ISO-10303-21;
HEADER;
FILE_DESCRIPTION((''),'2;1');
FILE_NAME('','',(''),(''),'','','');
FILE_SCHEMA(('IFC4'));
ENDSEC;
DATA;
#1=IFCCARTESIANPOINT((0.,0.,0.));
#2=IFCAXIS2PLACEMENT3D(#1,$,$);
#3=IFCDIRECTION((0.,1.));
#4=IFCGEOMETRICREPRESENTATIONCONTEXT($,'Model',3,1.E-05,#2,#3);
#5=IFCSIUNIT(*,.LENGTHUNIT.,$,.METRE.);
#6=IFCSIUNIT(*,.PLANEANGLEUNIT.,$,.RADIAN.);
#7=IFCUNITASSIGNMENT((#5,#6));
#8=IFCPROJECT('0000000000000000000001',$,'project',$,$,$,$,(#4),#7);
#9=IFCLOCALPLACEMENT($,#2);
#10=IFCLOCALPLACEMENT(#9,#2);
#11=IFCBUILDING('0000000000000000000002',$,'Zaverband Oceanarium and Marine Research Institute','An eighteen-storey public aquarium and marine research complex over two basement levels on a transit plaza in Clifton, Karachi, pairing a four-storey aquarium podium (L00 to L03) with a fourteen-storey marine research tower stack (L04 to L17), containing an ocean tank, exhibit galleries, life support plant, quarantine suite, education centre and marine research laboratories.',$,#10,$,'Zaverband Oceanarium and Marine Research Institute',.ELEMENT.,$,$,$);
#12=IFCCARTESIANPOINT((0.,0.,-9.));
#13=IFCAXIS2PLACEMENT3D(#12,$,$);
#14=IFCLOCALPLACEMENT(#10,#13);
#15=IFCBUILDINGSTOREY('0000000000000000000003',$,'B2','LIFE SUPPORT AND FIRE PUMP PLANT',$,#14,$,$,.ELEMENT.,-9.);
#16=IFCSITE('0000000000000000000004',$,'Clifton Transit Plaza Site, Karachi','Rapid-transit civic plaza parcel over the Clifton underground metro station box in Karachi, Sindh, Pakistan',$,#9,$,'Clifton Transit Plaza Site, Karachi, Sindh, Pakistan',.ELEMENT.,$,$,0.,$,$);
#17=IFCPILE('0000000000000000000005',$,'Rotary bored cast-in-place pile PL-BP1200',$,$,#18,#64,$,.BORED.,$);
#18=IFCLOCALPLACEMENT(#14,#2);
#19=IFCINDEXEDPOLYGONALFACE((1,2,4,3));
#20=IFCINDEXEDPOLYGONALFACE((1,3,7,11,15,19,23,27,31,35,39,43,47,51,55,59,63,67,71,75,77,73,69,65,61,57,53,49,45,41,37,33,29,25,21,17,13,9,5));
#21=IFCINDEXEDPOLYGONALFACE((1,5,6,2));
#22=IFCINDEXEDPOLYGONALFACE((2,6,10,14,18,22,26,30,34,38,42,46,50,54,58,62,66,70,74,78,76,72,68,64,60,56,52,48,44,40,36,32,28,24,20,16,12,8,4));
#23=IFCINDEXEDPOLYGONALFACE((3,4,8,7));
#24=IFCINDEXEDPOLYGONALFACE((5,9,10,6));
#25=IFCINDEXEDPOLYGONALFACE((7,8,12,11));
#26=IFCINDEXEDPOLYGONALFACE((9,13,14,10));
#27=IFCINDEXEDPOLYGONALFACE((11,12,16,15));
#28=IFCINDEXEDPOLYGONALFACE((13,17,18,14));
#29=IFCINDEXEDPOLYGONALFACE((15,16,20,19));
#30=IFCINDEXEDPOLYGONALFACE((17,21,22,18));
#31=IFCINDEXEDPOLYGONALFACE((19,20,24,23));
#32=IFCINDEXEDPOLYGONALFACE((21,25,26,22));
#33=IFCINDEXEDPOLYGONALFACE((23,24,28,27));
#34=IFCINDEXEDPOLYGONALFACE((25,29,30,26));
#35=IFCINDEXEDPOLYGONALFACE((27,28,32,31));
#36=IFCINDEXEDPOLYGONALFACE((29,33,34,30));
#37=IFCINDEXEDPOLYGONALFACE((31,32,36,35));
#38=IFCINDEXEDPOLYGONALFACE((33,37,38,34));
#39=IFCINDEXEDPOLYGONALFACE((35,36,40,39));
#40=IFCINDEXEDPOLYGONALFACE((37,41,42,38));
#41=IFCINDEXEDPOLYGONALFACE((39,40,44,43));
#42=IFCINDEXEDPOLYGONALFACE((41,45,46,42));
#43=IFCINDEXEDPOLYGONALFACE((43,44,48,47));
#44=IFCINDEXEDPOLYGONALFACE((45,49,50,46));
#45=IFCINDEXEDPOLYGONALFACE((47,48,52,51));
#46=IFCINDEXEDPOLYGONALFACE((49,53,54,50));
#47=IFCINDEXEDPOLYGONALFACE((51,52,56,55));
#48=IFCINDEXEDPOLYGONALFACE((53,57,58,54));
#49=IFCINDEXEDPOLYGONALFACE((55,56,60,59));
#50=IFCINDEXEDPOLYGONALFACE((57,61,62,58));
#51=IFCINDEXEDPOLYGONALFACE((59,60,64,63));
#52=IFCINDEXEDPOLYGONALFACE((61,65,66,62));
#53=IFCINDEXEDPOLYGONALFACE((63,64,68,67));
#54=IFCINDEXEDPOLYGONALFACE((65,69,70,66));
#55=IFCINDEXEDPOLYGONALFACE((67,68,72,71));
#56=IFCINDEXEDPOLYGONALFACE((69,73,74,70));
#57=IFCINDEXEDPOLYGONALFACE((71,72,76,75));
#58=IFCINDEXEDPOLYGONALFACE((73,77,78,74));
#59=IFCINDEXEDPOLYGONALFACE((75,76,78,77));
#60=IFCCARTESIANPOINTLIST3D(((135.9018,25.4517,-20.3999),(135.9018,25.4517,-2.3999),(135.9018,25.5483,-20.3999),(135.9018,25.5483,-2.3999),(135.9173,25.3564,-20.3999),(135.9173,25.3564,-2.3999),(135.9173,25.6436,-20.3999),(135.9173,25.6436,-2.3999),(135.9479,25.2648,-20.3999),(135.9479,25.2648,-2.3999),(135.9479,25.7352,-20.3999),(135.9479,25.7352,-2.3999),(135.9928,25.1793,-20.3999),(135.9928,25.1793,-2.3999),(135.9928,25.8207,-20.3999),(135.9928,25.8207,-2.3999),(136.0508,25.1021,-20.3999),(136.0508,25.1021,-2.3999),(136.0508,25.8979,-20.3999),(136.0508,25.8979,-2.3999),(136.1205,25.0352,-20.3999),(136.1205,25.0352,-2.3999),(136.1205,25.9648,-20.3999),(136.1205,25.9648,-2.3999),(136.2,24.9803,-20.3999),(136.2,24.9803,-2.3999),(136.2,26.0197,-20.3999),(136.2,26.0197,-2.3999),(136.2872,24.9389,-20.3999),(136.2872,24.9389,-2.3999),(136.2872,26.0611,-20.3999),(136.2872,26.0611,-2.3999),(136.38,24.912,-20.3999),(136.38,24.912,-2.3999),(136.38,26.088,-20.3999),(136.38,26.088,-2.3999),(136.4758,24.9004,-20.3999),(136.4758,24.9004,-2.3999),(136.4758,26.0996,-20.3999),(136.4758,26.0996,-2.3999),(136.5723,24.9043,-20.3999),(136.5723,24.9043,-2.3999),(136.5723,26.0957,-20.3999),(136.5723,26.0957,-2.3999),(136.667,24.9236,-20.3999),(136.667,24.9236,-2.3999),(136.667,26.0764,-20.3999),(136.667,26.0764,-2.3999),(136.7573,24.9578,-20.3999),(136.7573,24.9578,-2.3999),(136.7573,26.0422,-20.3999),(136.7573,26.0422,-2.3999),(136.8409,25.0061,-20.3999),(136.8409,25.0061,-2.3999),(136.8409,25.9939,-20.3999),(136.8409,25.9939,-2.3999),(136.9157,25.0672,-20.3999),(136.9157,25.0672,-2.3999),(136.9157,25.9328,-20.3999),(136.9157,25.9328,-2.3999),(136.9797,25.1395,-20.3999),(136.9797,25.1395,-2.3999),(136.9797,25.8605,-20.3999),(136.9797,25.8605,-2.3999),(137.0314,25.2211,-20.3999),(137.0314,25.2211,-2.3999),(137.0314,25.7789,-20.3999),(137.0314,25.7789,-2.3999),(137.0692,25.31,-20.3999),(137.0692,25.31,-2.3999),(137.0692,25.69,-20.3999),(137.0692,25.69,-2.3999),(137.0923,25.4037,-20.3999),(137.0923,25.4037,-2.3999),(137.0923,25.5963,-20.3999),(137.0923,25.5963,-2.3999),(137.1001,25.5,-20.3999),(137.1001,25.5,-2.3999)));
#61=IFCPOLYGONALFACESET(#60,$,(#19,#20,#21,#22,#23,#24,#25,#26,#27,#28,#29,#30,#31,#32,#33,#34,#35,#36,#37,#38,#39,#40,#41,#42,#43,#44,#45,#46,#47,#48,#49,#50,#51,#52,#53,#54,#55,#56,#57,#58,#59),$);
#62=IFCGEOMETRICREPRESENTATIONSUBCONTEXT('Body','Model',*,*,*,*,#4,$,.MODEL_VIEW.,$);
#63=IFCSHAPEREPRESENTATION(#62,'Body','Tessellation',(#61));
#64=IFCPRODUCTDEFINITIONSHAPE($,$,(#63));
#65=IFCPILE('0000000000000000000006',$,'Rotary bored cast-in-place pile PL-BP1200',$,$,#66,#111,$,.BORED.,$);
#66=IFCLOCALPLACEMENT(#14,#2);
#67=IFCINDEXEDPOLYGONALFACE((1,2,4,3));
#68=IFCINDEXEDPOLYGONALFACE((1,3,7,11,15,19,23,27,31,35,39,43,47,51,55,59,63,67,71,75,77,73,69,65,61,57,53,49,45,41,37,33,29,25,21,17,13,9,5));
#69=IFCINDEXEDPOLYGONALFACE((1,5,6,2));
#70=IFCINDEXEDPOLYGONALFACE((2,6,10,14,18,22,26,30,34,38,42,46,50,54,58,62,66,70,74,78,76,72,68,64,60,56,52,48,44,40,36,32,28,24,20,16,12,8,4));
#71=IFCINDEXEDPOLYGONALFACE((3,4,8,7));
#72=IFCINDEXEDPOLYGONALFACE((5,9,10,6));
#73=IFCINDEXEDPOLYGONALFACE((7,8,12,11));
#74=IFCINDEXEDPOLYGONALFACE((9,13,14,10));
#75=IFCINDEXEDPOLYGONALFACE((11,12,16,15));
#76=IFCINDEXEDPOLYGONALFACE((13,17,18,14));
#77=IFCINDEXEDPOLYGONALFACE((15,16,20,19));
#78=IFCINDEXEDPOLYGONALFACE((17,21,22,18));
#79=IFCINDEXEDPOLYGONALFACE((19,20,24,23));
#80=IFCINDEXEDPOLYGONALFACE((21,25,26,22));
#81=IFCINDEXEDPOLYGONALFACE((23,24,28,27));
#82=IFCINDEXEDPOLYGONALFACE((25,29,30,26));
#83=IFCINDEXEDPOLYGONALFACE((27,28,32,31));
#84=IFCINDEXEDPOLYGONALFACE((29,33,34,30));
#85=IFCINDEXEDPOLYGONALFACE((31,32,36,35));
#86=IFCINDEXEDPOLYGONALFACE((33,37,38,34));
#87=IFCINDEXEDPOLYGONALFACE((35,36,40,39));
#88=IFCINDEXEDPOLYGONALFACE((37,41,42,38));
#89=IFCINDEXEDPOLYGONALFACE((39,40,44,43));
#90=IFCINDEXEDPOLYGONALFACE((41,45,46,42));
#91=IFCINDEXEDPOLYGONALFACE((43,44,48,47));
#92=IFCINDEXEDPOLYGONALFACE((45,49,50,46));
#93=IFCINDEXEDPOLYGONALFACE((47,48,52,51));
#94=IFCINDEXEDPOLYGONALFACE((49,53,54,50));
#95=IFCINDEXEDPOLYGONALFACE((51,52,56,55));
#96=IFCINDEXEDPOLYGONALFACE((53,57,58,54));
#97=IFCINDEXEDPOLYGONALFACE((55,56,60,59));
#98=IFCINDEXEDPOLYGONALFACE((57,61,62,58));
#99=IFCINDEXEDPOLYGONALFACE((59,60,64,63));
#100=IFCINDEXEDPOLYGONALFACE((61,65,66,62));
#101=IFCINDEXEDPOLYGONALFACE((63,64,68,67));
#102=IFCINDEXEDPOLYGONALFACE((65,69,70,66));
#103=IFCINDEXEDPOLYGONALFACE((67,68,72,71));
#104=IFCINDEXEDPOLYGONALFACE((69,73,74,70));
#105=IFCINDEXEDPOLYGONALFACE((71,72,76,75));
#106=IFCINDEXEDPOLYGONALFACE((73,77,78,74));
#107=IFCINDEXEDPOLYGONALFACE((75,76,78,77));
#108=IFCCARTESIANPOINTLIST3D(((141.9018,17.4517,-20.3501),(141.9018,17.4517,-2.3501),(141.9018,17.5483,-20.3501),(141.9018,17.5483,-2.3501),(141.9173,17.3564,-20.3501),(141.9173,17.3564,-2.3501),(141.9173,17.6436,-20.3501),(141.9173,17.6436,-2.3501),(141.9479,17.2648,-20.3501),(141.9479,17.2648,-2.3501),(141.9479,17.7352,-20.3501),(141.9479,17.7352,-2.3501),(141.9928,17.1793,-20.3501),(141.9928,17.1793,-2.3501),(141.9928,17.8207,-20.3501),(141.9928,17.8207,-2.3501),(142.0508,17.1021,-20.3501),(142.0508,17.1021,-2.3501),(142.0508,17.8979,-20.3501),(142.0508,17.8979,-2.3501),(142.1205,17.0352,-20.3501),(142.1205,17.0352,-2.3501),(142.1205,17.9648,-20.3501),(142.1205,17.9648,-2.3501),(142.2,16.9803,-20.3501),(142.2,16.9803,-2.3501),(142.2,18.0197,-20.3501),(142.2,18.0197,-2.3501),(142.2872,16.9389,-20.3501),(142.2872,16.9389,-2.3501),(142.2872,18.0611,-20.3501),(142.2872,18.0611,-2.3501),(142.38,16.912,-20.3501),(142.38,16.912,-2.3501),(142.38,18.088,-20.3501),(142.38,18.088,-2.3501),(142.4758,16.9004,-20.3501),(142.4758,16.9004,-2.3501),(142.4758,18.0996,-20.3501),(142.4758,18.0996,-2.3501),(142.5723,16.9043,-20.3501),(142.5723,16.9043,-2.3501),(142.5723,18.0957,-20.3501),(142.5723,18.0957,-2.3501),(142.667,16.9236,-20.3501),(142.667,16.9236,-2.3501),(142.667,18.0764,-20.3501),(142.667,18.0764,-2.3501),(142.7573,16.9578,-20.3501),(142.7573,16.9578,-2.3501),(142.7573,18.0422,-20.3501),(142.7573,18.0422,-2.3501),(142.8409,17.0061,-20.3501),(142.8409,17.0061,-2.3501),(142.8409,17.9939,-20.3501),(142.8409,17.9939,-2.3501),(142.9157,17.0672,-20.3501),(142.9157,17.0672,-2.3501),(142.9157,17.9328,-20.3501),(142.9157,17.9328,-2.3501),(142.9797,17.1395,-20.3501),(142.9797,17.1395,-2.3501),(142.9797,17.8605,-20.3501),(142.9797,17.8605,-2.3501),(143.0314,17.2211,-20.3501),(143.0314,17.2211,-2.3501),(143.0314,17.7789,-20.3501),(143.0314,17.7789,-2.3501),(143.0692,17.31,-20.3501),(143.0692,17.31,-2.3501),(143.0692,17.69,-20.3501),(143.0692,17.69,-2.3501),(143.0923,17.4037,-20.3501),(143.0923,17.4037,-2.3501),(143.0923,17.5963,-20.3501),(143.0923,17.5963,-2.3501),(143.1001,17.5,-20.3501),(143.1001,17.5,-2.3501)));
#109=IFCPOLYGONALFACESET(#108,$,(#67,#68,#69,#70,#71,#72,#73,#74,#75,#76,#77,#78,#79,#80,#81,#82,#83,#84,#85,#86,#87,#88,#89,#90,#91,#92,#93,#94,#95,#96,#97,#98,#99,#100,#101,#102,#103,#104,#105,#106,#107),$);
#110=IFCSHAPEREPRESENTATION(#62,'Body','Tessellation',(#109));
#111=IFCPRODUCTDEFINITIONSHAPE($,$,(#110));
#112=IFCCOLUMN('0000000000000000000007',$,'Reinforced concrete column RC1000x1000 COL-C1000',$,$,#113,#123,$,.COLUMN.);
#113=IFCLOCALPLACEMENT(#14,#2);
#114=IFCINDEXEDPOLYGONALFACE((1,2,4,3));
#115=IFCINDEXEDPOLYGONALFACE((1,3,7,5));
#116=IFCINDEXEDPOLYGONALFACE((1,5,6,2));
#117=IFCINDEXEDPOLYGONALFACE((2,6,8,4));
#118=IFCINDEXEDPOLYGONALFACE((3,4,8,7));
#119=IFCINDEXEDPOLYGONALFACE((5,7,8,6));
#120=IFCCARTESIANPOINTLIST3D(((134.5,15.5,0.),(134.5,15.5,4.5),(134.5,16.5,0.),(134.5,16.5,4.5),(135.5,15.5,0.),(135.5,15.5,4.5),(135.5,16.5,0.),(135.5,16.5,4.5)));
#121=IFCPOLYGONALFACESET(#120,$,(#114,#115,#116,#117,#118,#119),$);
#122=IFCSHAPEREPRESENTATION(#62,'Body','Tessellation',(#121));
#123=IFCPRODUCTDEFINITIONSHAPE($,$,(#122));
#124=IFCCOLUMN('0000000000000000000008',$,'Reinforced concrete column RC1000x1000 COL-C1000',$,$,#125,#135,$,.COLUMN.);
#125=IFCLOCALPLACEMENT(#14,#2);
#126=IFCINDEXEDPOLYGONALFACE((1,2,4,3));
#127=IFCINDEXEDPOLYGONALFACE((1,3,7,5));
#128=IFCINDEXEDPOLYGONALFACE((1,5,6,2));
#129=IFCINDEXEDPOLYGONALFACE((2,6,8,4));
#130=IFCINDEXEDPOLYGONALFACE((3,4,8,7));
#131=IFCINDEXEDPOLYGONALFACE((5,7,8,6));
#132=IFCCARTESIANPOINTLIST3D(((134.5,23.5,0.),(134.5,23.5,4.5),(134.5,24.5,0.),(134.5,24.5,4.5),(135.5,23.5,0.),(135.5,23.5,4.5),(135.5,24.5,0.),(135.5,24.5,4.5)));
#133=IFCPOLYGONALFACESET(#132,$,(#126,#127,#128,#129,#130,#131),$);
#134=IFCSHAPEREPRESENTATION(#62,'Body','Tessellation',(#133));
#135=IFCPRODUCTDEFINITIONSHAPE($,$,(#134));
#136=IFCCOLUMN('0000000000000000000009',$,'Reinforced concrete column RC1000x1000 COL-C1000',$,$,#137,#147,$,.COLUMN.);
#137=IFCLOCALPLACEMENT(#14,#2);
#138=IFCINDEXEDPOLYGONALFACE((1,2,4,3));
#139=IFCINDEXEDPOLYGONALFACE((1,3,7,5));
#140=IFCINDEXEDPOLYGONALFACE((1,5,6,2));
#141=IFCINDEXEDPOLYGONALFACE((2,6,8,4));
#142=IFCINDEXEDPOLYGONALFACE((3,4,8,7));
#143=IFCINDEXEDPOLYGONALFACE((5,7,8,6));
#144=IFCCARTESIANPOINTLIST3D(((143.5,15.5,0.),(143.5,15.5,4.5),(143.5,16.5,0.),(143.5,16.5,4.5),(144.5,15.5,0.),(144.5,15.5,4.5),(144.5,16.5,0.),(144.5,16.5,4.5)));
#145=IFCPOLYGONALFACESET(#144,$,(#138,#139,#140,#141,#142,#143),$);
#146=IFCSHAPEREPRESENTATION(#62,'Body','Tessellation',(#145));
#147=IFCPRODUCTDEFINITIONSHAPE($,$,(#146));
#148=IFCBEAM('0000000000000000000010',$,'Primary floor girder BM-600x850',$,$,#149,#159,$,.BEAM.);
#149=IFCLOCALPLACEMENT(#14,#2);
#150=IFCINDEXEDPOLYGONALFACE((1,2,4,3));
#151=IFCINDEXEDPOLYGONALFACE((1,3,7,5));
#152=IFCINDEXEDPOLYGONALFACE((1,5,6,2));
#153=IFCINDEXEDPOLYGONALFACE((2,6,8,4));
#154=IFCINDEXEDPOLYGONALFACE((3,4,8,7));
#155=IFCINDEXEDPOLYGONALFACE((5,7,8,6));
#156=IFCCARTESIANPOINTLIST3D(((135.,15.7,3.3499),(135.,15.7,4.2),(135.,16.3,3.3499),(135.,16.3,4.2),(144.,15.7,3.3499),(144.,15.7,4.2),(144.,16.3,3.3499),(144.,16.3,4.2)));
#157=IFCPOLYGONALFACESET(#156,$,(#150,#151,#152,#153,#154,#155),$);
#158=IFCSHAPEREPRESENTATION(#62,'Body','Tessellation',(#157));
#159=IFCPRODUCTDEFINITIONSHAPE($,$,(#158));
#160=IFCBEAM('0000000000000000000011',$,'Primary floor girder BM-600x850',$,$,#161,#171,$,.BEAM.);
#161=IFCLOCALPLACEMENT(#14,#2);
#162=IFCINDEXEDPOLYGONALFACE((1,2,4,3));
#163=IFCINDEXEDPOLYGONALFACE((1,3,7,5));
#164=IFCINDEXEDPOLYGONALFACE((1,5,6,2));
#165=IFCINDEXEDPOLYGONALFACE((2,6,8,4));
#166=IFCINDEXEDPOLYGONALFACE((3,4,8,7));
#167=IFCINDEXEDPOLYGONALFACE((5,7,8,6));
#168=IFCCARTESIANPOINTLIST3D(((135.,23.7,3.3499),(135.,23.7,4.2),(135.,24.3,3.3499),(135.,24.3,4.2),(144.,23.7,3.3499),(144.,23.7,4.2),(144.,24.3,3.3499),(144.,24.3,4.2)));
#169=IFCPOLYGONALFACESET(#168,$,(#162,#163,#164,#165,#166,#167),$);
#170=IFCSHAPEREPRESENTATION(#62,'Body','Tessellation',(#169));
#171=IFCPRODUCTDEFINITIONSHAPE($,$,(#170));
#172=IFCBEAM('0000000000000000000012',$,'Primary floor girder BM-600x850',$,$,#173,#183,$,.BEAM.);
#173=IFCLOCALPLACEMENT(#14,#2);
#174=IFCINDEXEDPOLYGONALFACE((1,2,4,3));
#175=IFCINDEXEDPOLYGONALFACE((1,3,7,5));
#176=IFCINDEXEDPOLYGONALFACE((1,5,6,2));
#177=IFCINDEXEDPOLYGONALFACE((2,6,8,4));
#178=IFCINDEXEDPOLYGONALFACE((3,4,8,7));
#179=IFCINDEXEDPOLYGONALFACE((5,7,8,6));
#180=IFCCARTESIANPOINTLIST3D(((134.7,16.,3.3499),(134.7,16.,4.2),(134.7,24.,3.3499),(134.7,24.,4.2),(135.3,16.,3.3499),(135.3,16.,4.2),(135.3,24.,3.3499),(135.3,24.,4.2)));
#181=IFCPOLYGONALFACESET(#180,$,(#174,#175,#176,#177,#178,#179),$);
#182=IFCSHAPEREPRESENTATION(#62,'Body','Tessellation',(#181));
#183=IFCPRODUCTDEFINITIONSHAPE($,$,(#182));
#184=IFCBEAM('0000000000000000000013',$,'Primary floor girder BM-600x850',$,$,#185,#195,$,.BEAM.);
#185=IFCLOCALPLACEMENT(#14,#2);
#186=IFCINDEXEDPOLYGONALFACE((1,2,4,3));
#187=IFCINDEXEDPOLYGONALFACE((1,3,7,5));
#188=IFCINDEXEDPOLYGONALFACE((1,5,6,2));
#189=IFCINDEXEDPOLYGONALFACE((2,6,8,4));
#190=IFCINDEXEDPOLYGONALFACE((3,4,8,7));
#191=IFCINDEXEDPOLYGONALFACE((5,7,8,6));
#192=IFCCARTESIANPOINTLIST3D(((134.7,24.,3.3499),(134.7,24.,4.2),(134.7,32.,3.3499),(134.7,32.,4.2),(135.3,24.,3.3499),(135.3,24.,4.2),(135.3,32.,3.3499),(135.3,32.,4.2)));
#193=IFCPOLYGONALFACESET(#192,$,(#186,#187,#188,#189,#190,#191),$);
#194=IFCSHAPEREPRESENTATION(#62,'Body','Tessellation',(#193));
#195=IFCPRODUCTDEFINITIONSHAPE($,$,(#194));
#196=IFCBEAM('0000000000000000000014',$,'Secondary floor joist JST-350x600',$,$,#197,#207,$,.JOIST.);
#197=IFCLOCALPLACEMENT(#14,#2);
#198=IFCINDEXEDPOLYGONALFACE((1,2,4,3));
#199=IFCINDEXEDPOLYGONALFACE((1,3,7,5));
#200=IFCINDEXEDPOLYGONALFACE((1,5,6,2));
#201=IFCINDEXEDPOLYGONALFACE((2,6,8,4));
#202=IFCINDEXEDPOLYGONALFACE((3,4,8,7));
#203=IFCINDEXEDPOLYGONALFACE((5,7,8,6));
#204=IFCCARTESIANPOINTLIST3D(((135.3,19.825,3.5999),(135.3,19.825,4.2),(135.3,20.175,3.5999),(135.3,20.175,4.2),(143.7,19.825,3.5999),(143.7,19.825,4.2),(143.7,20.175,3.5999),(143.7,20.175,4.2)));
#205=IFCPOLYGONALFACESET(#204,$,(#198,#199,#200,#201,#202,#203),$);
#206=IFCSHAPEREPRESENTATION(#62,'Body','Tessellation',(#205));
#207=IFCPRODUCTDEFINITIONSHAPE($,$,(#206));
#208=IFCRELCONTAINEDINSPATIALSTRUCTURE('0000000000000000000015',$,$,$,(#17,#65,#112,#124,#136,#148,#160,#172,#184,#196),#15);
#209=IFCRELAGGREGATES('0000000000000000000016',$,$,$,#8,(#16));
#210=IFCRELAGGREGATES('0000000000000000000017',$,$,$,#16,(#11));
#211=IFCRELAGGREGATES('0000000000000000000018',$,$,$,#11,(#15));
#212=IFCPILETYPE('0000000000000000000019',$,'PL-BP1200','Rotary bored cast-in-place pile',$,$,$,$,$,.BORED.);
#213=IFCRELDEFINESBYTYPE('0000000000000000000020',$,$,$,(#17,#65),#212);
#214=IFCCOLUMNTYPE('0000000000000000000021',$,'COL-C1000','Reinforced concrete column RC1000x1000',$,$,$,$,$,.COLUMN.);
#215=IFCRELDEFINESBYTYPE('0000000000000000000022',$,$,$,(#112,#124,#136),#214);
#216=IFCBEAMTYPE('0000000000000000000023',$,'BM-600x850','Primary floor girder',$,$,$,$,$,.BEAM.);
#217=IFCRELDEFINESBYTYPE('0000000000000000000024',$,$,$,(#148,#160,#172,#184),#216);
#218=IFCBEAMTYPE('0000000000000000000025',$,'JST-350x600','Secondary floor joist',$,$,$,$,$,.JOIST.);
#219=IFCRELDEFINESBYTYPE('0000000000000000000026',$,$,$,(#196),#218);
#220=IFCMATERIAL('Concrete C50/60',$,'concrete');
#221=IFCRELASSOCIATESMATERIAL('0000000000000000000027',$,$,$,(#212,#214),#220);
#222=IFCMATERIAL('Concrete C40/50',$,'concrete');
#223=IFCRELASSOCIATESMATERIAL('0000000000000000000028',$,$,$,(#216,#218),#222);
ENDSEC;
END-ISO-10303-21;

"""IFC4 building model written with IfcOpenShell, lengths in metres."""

from ifc_helpers import new_model, si_unit, direction, frame, origin, origin_2d, place, context, subcontext, project, spatial, rectangle, circle, extrude, material, material_profile, profile_set, type_object, element, save


model = new_model("IFC4")

# Units and contexts
model_context = context("Model", 3, precision=1e-05, world=origin(), true_north=direction((0.0, 1.0)))
body_context = subcontext(model_context, "Body", "Model", "MODEL_VIEW")
ifc_project = project(units=[si_unit("LENGTHUNIT", "METRE"), si_unit("PLANEANGLEUNIT", "RADIAN")], contexts=[model_context])

# Site, building, storey
site_placement = place(None, origin())
site = spatial("IfcSite", under=ifc_project, at=site_placement, Name="Clifton Transit Plaza Site, Karachi", Description="Rapid-transit civic plaza parcel over the Clifton underground metro station box in Karachi, Sindh, Pakistan", LongName="Clifton Transit Plaza Site, Karachi, Sindh, Pakistan", CompositionType="ELEMENT", RefElevation=0.0)
building_placement = place(site_placement, origin())
building = spatial("IfcBuilding", under=site, at=building_placement, Name="Zaverband Oceanarium and Marine Research Institute", Description="An eighteen-storey public aquarium and marine research complex over two basement levels on a transit plaza in Clifton, Karachi, pairing a four-storey aquarium podium (L00 to L03) with a fourteen-storey marine research tower stack (L04 to L17), containing an ocean tank, exhibit galleries, life support plant, quarantine suite, education centre and marine research laboratories.", LongName="Zaverband Oceanarium and Marine Research Institute", CompositionType="ELEMENT")
storey_placement = place(building_placement, frame((0.0, 0.0, -9.0)))
storey = spatial("IfcBuildingStorey", under=building, at=storey_placement, Name="B2", Description="LIFE SUPPORT AND FIRE PUMP PLANT", CompositionType="ELEMENT", Elevation=-9.0)

# Shared definitions
ifc_material_1 = material(Name="Concrete C50/60", Category="concrete")

# Piles
ifc_material_profile_1 = material_profile(ifc_material_1, circle(Radius=0.6001, at=origin_2d()), Name="BP1200")
ifc_profile_set_1 = profile_set([ifc_material_profile_1], Name="Concrete C50/60")
pile_type_1 = type_object("IfcPileType", Name="PL-BP1200", Description="Rotary bored cast-in-place pile", PredefinedType="BORED", material=ifc_profile_set_1)
for number, where, z_axis, x_axis, name in (
    (1, (136.5, 25.5, -2.3999), (0.0, 0.0, -1.0), (1.0, 0.0, 0.0), "Rotary bored cast-in-place pile PL-BP1200"),
    (2, (142.5, 17.5, -2.3501), (0.0, 0.0, -1.0), (1.0, 0.0, 0.0), "Rotary bored cast-in-place pile PL-BP1200"),
):
    element("IfcPile", number, at=place(storey_placement, frame(where, z_axis=z_axis, x_axis=x_axis)), inside=storey, type_object=pile_type_1, Name=name, PredefinedType="BORED", context=body_context, shape_type="SweptSolid", body=[
        extrude(circle(Radius=0.6001, at=origin_2d()), origin(), (0.0, 0.0, 1.0), 18.0),
    ])

# Columns
ifc_material_profile_2 = material_profile(ifc_material_1, rectangle(XDim=1.0, YDim=1.0, at=origin_2d()), Name="RC1000x1000")
ifc_profile_set_2 = profile_set([ifc_material_profile_2], Name="Concrete C50/60")
column_type = type_object("IfcColumnType", Name="COL-C1000", Description="Reinforced concrete column RC1000x1000", PredefinedType="COLUMN", material=ifc_profile_set_2)
for number, where, z_axis, x_axis, name in (
    (3, (135.0, 16.0, 0.0), (0.0, 0.0, 1.0), (1.0, 0.0, 0.0), "Reinforced concrete column RC1000x1000 COL-C1000"),
    (4, (135.0, 24.0, 0.0), (0.0, 0.0, 1.0), (1.0, 0.0, 0.0), "Reinforced concrete column RC1000x1000 COL-C1000"),
    (5, (144.0, 16.0, 0.0), (0.0, 0.0, 1.0), (1.0, 0.0, 0.0), "Reinforced concrete column RC1000x1000 COL-C1000"),
):
    element("IfcColumn", number, at=place(storey_placement, frame(where, z_axis=z_axis, x_axis=x_axis)), inside=storey, type_object=column_type, Name=name, PredefinedType="COLUMN", context=body_context, shape_type="SweptSolid", body=[
        extrude(rectangle(XDim=1.0, YDim=1.0, at=origin_2d()), origin(), (0.0, 0.0, 1.0), 4.5),
    ])

# Beams
ifc_material_2 = material(Name="Concrete C40/50", Category="concrete")
ifc_material_profile_3 = material_profile(ifc_material_2, rectangle(XDim=0.6001, YDim=0.8501, at=origin_2d()), Name="RC600x850")
ifc_profile_set_3 = profile_set([ifc_material_profile_3], Name="Concrete C40/50")
beam_type_1 = type_object("IfcBeamType", Name="BM-600x850", Description="Primary floor girder", PredefinedType="BEAM", material=ifc_profile_set_3)
for number, where, z_axis, x_axis, name in (
    (6, (135.0, 16.0, 3.7749), (1.0, 0.0, 0.0), (0.0, 1.0, 0.0), "Primary floor girder BM-600x850"),
    (7, (135.0, 24.0, 3.7749), (1.0, 0.0, 0.0), (0.0, 1.0, 0.0), "Primary floor girder BM-600x850"),
):
    element("IfcBeam", number, at=place(storey_placement, frame(where, z_axis=z_axis, x_axis=x_axis)), inside=storey, type_object=beam_type_1, Name=name, PredefinedType="BEAM", context=body_context, shape_type="SweptSolid", body=[
        extrude(rectangle(XDim=0.6001, YDim=0.8501, at=origin_2d()), origin(), (0.0, 0.0, 1.0), 9.0),
    ])
for number, where, z_axis, x_axis, name in (
    (8, (135.0, 16.0, 3.7749), (0.0, 1.0, 0.0), (-1.0, 0.0, 0.0), "Primary floor girder BM-600x850"),
    (9, (135.0, 24.0, 3.7749), (0.0, 1.0, 0.0), (-1.0, 0.0, 0.0), "Primary floor girder BM-600x850"),
):
    element("IfcBeam", number, at=place(storey_placement, frame(where, z_axis=z_axis, x_axis=x_axis)), inside=storey, type_object=beam_type_1, Name=name, PredefinedType="BEAM", context=body_context, shape_type="SweptSolid", body=[
        extrude(rectangle(XDim=0.6001, YDim=0.8501, at=origin_2d()), origin(), (0.0, 0.0, 1.0), 8.0),
    ])
ifc_material_profile_4 = material_profile(ifc_material_2, rectangle(XDim=0.3501, YDim=0.6001, at=origin_2d()), Name="RC350x600")
ifc_profile_set_4 = profile_set([ifc_material_profile_4], Name="Concrete C40/50")
beam_type_2 = type_object("IfcBeamType", Name="JST-350x600", Description="Secondary floor joist", PredefinedType="JOIST", material=ifc_profile_set_4)
beam_placement = place(storey_placement, frame((135.3, 20.0, 3.8999), z_axis=(1.0, 0.0, 0.0), x_axis=(0.0, 1.0, 0.0)))
element("IfcBeam", 10, at=beam_placement, inside=storey, type_object=beam_type_2, Name="Secondary floor joist JST-350x600", PredefinedType="JOIST", context=body_context, shape_type="SweptSolid", body=[
    extrude(rectangle(XDim=0.3501, YDim=0.6001, at=origin_2d()), origin(), (0.0, 0.0, 1.0), 8.3999),
])

save(model, "model.ifc")
